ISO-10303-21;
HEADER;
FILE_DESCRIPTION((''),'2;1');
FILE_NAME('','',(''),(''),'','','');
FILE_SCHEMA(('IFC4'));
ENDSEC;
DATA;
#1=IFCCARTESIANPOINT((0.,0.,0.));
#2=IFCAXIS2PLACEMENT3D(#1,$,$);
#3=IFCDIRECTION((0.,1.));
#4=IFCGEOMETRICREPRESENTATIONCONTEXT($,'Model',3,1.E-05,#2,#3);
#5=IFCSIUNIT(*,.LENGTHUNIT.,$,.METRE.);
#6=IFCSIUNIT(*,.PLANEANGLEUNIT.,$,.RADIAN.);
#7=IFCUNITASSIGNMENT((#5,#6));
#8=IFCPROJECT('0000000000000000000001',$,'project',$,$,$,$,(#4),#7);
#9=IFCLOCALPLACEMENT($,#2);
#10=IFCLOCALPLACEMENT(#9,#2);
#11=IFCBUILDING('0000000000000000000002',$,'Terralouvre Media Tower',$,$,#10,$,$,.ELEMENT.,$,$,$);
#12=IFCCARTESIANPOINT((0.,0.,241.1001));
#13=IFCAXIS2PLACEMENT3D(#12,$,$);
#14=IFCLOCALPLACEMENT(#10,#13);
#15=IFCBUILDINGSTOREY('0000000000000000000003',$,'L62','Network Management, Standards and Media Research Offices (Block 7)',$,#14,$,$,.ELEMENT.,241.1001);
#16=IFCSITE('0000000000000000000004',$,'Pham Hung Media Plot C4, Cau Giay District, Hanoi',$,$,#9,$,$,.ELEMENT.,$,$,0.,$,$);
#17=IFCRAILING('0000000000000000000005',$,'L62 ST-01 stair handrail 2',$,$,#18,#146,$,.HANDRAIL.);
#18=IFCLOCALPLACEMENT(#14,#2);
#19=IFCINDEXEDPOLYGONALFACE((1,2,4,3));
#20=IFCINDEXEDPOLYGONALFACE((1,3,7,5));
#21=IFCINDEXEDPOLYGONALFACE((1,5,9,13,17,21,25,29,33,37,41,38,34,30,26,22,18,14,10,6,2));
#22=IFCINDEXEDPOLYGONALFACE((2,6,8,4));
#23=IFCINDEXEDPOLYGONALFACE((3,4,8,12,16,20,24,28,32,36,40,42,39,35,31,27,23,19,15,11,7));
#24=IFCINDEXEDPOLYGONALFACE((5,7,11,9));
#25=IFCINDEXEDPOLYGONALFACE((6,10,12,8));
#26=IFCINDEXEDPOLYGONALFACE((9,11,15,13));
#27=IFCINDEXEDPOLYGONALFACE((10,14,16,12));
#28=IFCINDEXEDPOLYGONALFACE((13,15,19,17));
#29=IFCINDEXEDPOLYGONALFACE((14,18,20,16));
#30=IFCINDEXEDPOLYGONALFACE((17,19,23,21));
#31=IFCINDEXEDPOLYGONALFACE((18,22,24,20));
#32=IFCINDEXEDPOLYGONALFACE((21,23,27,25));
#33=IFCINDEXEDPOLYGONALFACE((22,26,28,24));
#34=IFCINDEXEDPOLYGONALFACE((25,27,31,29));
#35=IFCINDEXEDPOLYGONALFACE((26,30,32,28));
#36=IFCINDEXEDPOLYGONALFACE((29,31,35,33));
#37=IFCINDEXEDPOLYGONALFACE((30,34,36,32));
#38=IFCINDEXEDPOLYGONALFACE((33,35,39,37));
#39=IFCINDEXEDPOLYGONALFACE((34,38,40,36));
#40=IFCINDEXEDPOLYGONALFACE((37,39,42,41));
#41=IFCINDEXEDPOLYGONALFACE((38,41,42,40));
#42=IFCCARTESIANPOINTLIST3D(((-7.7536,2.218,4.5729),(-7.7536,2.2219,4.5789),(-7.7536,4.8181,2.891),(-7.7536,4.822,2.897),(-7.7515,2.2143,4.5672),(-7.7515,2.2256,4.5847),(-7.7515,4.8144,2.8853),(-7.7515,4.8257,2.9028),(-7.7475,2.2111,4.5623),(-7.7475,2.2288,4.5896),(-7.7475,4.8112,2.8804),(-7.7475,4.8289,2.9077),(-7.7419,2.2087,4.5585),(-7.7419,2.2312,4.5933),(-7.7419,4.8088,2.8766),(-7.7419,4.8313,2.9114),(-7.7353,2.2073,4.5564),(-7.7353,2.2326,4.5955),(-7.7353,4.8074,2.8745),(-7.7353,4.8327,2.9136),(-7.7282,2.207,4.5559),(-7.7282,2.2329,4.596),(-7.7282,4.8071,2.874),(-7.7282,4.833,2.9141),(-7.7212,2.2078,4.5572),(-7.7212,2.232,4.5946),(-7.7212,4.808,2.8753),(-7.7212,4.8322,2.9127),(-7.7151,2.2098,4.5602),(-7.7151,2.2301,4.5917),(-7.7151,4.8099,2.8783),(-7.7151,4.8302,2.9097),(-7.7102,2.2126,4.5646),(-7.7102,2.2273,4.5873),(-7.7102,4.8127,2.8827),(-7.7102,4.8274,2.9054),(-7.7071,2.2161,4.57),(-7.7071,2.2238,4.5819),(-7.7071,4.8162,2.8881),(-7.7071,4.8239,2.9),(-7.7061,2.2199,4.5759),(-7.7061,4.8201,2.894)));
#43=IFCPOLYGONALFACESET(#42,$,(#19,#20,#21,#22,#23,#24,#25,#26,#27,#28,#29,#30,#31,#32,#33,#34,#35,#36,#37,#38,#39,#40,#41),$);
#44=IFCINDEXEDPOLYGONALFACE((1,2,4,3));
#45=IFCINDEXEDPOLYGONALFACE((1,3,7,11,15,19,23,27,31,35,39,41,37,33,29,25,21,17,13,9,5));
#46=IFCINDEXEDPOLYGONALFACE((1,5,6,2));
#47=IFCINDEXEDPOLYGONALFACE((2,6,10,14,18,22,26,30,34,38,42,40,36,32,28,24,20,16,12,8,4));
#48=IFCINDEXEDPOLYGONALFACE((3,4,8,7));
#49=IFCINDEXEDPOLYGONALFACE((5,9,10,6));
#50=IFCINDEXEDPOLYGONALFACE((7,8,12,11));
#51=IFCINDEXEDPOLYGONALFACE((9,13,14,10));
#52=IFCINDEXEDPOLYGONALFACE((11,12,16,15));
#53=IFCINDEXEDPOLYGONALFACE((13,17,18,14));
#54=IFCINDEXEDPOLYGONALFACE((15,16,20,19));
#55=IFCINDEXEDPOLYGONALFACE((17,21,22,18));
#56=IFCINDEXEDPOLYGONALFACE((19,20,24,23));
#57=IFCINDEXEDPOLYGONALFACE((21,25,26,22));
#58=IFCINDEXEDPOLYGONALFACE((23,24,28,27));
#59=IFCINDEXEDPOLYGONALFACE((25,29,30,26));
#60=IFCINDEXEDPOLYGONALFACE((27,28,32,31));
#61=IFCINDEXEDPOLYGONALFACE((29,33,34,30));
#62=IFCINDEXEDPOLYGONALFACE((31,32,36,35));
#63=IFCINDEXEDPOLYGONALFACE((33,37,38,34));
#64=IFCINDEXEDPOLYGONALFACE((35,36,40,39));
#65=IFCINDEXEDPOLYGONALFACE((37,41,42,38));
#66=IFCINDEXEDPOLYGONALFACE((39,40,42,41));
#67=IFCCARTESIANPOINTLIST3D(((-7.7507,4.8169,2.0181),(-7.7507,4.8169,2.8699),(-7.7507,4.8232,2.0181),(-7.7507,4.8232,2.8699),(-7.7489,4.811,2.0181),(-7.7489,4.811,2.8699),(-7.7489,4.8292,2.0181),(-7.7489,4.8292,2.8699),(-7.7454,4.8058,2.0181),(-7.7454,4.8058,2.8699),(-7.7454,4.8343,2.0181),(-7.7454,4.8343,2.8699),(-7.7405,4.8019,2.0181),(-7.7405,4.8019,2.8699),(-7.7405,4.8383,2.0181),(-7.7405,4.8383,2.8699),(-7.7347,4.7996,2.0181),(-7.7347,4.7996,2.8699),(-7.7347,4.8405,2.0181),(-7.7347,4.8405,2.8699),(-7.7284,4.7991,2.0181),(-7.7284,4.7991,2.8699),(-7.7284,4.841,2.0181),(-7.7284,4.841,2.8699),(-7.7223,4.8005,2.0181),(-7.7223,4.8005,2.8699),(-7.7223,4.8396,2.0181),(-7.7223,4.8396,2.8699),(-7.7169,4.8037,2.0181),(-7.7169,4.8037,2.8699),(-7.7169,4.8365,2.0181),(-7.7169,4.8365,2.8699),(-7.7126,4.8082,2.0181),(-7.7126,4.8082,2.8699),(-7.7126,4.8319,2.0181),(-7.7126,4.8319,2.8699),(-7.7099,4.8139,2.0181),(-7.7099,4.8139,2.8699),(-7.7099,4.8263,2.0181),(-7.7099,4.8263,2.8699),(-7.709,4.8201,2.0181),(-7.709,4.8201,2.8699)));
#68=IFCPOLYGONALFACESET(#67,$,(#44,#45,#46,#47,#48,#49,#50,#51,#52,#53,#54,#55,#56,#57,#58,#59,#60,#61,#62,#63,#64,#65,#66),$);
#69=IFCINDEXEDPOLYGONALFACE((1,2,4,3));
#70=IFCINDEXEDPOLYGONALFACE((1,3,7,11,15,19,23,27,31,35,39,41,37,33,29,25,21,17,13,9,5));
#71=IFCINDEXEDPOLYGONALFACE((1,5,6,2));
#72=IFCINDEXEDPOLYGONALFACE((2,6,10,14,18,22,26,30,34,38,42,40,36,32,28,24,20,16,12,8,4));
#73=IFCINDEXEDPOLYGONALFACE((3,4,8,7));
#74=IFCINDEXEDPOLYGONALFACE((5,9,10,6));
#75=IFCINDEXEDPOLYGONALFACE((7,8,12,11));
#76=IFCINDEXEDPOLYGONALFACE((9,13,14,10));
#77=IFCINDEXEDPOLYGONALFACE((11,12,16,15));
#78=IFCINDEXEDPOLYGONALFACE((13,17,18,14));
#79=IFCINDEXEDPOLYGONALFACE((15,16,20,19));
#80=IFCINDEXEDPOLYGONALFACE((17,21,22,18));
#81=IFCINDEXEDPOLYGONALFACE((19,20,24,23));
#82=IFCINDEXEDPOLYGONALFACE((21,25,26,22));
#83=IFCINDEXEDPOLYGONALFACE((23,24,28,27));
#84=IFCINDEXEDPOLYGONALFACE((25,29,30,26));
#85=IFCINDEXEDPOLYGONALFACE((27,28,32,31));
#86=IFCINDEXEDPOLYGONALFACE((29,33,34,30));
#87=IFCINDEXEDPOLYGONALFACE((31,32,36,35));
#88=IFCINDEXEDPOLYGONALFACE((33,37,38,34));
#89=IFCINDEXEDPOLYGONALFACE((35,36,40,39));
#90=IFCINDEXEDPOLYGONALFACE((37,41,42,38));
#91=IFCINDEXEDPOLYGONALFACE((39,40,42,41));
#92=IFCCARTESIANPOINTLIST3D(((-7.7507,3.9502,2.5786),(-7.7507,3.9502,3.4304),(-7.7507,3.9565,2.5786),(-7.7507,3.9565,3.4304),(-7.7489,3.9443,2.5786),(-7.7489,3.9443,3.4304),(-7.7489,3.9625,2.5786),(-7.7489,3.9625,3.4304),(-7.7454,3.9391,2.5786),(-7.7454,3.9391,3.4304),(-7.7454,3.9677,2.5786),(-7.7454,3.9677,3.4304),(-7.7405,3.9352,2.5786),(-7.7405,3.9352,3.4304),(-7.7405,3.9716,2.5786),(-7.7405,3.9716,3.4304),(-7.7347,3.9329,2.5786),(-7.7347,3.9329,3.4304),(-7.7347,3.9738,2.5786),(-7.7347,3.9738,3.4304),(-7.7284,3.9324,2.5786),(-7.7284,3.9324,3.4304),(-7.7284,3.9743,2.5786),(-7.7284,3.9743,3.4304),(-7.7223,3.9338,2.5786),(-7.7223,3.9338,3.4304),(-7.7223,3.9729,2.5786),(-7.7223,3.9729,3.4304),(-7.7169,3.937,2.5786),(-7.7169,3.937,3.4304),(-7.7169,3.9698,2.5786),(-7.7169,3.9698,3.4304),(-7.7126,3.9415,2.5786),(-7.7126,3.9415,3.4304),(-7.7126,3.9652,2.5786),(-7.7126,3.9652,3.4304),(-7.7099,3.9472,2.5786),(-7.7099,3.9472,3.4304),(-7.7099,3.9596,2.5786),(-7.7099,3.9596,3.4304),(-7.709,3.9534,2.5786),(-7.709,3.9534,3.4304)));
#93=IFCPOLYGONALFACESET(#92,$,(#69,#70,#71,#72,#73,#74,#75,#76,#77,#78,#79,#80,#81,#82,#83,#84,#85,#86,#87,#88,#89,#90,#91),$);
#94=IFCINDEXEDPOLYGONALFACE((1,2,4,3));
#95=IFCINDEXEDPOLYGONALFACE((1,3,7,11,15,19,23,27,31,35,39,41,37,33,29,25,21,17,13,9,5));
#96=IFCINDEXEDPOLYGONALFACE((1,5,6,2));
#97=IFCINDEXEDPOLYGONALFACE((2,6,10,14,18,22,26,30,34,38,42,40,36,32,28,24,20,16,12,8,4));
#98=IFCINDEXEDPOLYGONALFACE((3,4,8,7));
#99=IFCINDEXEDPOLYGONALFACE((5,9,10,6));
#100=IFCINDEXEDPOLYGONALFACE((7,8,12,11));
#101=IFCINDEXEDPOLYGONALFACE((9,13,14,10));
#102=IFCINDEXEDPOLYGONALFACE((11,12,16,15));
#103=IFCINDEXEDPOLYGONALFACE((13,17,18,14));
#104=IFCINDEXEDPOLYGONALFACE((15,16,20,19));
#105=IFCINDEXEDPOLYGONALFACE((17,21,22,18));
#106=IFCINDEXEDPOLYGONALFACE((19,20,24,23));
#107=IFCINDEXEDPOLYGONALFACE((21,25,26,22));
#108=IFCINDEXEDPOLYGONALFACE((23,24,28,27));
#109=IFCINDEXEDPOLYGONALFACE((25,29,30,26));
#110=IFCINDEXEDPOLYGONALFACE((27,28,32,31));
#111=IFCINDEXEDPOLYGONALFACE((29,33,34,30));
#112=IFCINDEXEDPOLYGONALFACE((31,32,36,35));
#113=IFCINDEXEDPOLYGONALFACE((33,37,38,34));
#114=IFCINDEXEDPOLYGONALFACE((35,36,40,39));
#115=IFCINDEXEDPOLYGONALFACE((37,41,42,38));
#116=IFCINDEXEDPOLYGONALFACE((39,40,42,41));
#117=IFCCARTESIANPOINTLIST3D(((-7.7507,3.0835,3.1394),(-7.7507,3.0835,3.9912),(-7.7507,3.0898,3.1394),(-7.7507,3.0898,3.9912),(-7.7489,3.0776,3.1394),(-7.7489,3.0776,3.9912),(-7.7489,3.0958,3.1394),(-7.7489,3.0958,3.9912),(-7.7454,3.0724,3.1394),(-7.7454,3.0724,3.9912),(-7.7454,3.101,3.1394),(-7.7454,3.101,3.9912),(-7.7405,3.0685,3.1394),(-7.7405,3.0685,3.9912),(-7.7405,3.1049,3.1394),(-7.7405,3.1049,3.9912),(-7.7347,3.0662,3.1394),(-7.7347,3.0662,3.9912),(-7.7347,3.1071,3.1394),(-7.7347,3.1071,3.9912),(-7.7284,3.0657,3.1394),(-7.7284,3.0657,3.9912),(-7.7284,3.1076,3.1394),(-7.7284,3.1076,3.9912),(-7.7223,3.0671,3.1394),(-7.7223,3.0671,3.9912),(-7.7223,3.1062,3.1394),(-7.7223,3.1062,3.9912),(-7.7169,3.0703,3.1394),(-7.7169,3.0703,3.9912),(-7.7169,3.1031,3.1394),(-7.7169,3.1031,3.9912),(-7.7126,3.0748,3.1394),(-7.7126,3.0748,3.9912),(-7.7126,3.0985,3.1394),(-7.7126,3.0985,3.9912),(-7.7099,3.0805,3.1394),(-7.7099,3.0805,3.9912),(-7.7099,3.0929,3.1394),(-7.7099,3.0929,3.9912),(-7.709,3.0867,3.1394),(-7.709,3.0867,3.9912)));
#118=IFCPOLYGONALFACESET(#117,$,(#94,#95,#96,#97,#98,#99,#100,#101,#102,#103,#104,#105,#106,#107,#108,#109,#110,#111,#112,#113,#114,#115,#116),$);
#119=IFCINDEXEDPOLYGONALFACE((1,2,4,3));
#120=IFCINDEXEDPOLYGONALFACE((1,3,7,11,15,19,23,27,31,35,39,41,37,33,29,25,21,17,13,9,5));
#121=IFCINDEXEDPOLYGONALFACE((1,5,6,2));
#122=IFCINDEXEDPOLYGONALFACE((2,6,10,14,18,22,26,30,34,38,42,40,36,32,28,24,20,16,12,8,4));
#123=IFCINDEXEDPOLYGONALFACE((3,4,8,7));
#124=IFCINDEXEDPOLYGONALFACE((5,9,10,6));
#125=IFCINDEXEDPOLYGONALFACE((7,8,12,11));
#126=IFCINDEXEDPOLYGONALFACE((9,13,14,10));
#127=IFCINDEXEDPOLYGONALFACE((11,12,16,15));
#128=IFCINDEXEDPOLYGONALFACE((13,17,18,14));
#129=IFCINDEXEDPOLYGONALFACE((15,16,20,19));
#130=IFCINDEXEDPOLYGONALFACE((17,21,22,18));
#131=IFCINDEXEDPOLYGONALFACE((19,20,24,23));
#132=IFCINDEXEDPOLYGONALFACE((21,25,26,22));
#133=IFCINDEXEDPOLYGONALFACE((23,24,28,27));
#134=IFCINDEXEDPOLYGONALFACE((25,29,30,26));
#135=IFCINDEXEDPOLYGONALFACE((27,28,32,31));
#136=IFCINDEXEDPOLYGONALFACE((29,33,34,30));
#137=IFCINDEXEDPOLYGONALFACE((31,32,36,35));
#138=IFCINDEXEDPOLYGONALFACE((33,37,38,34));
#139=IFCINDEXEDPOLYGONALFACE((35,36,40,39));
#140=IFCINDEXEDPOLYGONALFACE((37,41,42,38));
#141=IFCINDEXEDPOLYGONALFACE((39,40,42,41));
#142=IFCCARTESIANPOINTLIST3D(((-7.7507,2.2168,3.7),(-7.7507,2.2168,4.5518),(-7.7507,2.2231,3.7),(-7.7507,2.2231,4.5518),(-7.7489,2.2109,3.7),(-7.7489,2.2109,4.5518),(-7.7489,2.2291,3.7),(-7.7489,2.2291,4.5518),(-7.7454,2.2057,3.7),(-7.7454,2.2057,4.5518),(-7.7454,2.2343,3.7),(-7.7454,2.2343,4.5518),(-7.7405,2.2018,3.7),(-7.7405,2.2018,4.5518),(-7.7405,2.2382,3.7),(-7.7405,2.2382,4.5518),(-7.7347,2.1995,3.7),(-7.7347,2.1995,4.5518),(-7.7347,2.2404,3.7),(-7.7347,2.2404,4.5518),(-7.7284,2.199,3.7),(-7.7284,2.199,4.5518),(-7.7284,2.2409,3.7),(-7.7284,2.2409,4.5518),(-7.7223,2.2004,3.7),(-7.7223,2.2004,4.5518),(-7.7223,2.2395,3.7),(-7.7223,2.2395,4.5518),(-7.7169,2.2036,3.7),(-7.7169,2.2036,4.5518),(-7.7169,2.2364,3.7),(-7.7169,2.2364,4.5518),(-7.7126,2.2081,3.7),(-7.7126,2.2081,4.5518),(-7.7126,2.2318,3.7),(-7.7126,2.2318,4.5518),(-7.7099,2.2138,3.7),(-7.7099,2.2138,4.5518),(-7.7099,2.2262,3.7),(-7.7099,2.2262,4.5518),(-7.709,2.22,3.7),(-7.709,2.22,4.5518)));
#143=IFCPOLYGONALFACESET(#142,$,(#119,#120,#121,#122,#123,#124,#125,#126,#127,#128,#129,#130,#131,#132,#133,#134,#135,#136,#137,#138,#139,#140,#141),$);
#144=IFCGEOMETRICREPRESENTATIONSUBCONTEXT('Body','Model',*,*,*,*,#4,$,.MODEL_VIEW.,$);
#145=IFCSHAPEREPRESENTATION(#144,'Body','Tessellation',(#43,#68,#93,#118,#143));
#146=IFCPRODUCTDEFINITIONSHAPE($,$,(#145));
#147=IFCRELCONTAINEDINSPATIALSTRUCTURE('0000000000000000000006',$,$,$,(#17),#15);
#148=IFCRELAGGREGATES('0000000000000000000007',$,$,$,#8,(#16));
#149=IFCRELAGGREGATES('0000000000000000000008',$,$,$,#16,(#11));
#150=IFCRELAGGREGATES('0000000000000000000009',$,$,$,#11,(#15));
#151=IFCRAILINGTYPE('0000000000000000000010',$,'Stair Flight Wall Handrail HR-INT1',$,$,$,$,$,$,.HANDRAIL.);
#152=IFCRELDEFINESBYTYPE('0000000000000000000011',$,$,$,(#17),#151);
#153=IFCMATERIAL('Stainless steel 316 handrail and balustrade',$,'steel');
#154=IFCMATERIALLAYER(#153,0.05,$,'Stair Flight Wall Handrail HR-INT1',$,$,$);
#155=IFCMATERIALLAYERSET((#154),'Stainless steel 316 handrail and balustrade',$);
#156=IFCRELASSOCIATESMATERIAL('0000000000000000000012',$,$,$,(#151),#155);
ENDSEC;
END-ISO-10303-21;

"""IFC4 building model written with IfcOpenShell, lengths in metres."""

from ifc_helpers import new_model, si_unit, direction, frame, origin, origin_2d, place, context, subcontext, project, spatial, circle, extrude, material, layer, layer_set, type_object, element, save


model = new_model("IFC4")

# Units and contexts
model_context = context("Model", 3, precision=1e-05, world=origin(), true_north=direction((0.0, 1.0)))
body_context = subcontext(model_context, "Body", "Model", "MODEL_VIEW")
ifc_project = project(units=[si_unit("LENGTHUNIT", "METRE"), si_unit("PLANEANGLEUNIT", "RADIAN")], contexts=[model_context])

# Site, building, storey
site_placement = place(None, origin())
site = spatial("IfcSite", under=ifc_project, at=site_placement, Name="Pham Hung Media Plot C4, Cau Giay District, Hanoi", CompositionType="ELEMENT", RefElevation=0.0)
building_placement = place(site_placement, origin())
building = spatial("IfcBuilding", under=site, at=building_placement, Name="Terralouvre Media Tower", CompositionType="ELEMENT")
storey_placement = place(building_placement, frame((0.0, 0.0, 241.1001)))
storey = spatial("IfcBuildingStorey", under=building, at=storey_placement, Name="L62", Description="Network Management, Standards and Media Research Offices (Block 7)", CompositionType="ELEMENT", Elevation=241.1001)

# Railing
ifc_material_1 = material(Name="Stainless steel 316 handrail and balustrade", Category="steel")
ifc_layer_1 = layer(ifc_material_1, 0.05, Name="Stair Flight Wall Handrail HR-INT1")
ifc_layer_set_1 = layer_set([ifc_layer_1], Name="Stainless steel 316 handrail and balustrade")
railing_type_1 = type_object("IfcRailingType", Name="Stair Flight Wall Handrail HR-INT1", PredefinedType="HANDRAIL", material=ifc_layer_set_1)
railing_1_placement = place(storey_placement, frame((-7.73, 4.8201, 2.0181)))
element("IfcRailing", 1, at=railing_1_placement, inside=storey, type_object=railing_type_1, Name="L62 ST-01 stair handrail 2", PredefinedType="HANDRAIL", context=body_context, shape_type="SweptSolid", body=[
    extrude(circle(Radius=0.0239, at=origin_2d()), frame((0.0, 0.0, 0.876), z_axis=(0.0, -0.839648, 0.54313), x_axis=(1.0, 0.0, 0.0)), (0.0, 0.0, 1.0), 3.0967),
    extrude(circle(Radius=0.021, at=origin_2d()), origin(), (0.0, 0.0, 1.0), 0.8518),
    extrude(circle(Radius=0.021, at=origin_2d()), frame((0.0, -0.8667, 0.5605)), (0.0, 0.0, 1.0), 0.8518),
    extrude(circle(Radius=0.021, at=origin_2d()), frame((0.0, -1.7334, 1.1213)), (0.0, 0.0, 1.0), 0.8518),
    extrude(circle(Radius=0.021, at=origin_2d()), frame((0.0, -2.6001, 1.6819)), (0.0, 0.0, 1.0), 0.8518),
])

save(model, "model.ifc")
